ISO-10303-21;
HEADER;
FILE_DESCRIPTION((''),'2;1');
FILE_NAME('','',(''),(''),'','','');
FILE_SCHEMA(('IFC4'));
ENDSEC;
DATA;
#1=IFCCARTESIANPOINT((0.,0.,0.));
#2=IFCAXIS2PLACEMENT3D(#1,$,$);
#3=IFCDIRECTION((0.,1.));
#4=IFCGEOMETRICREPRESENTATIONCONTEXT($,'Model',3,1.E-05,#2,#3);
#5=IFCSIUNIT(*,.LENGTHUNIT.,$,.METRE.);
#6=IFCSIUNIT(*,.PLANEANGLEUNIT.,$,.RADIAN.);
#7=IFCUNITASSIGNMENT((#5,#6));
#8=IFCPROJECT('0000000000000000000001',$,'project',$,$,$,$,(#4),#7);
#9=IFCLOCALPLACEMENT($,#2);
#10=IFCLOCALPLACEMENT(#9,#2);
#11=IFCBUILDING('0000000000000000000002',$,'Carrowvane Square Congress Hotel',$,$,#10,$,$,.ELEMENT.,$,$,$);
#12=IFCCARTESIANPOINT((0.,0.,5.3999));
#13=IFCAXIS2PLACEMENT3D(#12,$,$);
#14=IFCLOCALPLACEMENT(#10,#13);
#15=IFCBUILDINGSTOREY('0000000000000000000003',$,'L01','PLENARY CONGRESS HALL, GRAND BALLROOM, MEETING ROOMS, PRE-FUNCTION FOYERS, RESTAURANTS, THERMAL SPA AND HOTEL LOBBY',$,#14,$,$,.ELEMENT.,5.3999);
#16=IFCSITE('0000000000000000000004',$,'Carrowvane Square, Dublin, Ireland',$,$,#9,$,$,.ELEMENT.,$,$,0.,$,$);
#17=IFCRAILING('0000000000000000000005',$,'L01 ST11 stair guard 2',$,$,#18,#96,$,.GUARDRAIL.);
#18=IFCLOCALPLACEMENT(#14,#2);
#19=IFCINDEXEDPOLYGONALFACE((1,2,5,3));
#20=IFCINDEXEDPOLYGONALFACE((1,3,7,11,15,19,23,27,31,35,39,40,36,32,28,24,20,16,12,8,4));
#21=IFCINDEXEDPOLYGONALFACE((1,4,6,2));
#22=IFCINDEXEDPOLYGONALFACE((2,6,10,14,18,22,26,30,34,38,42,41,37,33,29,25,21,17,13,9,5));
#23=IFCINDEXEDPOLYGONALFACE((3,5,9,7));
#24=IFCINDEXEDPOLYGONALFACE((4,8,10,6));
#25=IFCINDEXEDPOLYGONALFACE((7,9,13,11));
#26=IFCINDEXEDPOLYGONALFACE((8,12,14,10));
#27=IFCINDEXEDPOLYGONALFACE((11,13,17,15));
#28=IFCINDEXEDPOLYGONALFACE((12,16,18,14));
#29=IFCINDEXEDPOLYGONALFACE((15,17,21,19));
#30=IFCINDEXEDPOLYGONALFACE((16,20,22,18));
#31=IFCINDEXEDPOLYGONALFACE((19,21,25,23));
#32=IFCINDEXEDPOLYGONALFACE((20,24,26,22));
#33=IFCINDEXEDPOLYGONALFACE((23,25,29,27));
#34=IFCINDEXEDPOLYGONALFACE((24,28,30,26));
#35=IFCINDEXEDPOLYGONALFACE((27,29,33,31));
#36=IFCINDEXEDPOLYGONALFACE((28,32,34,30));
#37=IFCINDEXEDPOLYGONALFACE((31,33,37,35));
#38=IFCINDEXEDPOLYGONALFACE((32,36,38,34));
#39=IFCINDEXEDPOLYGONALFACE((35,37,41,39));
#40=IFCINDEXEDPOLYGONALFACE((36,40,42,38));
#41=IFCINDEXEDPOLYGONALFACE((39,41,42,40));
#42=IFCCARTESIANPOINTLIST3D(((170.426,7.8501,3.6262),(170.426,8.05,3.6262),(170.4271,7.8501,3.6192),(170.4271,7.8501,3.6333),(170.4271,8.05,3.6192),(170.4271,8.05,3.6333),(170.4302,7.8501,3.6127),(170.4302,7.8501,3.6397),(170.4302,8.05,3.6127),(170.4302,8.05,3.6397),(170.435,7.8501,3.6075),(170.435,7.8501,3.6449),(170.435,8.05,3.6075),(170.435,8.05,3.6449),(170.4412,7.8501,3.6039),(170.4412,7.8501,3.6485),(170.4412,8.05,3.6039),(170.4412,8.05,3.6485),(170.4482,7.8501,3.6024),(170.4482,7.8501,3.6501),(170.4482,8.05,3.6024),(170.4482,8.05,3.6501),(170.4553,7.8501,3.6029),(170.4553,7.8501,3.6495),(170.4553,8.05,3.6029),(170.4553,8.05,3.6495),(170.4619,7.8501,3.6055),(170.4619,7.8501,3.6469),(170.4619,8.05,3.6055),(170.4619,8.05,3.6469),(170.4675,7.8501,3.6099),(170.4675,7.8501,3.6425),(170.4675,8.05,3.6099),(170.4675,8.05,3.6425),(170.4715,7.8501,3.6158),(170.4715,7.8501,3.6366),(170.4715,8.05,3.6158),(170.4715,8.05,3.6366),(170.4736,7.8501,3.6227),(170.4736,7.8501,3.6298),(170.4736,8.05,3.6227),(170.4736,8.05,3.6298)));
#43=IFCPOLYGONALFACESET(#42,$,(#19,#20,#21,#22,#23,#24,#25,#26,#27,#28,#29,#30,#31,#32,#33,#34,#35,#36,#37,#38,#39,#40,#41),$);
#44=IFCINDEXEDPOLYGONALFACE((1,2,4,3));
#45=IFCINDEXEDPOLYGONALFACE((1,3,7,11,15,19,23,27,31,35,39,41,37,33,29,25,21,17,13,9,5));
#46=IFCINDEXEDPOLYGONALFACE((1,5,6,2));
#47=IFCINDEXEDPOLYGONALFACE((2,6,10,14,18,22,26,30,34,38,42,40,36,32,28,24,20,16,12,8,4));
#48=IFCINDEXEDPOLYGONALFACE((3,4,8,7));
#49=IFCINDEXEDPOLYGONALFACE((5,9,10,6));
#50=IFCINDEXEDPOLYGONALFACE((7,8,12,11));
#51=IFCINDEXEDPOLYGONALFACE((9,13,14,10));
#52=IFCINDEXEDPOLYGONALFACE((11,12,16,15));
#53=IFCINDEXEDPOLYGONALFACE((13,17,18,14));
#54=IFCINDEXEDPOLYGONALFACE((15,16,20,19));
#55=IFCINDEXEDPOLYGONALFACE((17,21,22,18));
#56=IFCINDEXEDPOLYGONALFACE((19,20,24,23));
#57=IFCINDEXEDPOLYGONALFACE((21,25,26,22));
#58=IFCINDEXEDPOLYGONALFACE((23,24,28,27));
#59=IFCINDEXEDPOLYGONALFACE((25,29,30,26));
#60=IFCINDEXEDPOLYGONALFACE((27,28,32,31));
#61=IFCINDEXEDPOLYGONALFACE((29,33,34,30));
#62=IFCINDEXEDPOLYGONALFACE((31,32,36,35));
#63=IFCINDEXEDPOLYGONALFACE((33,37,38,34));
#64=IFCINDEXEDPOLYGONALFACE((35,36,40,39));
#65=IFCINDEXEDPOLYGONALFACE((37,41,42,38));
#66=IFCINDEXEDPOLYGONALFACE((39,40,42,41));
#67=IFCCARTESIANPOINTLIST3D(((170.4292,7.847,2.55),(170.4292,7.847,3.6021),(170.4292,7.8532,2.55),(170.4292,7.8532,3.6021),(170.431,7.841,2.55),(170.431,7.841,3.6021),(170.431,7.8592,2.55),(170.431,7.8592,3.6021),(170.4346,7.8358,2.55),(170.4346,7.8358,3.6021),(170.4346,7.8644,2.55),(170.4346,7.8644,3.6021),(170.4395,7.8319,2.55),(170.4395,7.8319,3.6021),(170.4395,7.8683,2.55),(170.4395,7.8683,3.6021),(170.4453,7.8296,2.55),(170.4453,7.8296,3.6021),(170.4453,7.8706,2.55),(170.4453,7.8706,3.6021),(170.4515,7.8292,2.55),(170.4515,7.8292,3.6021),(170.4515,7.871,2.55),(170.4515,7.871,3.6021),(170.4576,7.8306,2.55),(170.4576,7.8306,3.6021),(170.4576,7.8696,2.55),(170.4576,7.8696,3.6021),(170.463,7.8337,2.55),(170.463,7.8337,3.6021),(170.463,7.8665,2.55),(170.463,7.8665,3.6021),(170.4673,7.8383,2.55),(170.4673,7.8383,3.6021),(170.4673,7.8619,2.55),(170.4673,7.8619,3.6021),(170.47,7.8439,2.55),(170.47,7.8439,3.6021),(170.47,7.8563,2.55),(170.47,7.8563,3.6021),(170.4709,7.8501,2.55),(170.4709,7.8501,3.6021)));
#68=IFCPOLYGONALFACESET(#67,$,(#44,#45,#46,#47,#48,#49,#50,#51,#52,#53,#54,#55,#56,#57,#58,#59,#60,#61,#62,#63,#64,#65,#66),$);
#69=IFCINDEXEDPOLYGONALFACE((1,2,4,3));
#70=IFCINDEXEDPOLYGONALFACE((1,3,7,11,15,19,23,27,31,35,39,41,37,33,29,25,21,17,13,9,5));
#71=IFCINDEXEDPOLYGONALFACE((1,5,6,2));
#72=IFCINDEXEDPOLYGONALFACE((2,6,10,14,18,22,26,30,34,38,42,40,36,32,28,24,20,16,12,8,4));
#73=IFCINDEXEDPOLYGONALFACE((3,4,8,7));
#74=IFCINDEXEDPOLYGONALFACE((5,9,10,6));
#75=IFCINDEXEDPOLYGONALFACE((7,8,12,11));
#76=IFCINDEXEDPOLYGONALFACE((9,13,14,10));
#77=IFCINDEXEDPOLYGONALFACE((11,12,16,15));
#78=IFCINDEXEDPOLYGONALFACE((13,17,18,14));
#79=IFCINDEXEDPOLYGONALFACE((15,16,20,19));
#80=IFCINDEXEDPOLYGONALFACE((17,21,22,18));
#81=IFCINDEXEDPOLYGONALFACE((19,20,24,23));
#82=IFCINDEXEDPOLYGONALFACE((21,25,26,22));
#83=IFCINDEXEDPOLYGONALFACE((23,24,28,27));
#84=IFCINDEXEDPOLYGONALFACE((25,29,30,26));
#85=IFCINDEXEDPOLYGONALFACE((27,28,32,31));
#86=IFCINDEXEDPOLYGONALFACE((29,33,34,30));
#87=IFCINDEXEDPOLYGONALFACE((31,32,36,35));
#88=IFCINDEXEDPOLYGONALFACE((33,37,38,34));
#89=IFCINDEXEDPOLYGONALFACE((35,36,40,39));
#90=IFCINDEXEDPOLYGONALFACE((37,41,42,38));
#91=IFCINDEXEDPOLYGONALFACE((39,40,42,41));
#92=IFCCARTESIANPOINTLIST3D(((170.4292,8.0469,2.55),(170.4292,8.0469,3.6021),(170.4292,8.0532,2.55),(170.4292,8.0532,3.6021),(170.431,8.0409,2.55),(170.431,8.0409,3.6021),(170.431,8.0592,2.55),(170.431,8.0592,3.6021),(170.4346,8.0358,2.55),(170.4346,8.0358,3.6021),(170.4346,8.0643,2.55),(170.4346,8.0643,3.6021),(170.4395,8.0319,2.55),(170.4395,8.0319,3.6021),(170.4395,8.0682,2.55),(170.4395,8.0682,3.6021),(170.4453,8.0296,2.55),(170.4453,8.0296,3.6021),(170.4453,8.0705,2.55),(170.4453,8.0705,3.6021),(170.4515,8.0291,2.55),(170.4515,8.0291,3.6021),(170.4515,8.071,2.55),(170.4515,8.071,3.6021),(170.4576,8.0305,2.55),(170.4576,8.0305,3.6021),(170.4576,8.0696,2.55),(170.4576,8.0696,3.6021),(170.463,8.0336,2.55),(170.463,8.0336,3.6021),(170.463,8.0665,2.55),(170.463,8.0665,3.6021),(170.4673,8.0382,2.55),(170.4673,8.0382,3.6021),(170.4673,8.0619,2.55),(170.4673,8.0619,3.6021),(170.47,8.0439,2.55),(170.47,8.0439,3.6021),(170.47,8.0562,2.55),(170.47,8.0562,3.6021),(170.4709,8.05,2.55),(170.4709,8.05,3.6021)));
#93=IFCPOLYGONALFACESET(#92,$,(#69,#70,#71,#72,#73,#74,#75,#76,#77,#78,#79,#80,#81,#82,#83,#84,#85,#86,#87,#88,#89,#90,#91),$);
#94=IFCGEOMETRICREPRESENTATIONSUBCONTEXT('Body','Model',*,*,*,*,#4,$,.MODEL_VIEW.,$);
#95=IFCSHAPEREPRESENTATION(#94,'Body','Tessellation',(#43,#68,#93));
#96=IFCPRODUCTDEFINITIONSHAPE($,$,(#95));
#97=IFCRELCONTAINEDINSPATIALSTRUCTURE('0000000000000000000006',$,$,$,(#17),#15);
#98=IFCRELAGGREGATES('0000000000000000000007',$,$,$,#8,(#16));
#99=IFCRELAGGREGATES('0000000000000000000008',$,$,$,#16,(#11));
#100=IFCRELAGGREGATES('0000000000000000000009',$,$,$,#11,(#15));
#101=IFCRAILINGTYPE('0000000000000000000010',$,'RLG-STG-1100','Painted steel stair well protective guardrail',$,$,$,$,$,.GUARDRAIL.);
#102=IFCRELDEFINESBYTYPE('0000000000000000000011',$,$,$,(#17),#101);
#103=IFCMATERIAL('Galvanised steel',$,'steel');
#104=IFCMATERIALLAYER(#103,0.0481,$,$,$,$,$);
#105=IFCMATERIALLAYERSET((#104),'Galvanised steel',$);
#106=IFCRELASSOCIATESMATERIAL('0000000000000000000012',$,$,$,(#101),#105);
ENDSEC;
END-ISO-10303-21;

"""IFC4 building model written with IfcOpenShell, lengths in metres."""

from ifc_helpers import new_model, si_unit, direction, frame, origin, origin_2d, place, context, subcontext, project, spatial, circle, extrude, material, layer, layer_set, type_object, element, save


model = new_model("IFC4")

# Units and contexts
model_context = context("Model", 3, precision=1e-05, world=origin(), true_north=direction((0.0, 1.0)))
body_context = subcontext(model_context, "Body", "Model", "MODEL_VIEW")
ifc_project = project(units=[si_unit("LENGTHUNIT", "METRE"), si_unit("PLANEANGLEUNIT", "RADIAN")], contexts=[model_context])

# Site, building, storey
site_placement = place(None, origin())
site = spatial("IfcSite", under=ifc_project, at=site_placement, Name="Carrowvane Square, Dublin, Ireland", CompositionType="ELEMENT", RefElevation=0.0)
building_placement = place(site_placement, origin())
building = spatial("IfcBuilding", under=site, at=building_placement, Name="Carrowvane Square Congress Hotel", CompositionType="ELEMENT")
storey_placement = place(building_placement, frame((0.0, 0.0, 5.3999)))
storey = spatial("IfcBuildingStorey", under=building, at=storey_placement, Name="L01", Description="PLENARY CONGRESS HALL, GRAND BALLROOM, MEETING ROOMS, PRE-FUNCTION FOYERS, RESTAURANTS, THERMAL SPA AND HOTEL LOBBY", CompositionType="ELEMENT", Elevation=5.3999)

# Railing
ifc_material_1 = material(Name="Galvanised steel", Category="steel")
ifc_layer_1 = layer(ifc_material_1, 0.0481)
ifc_layer_set_1 = layer_set([ifc_layer_1], Name="Galvanised steel")
railing_type_1 = type_object("IfcRailingType", Name="RLG-STG-1100", Description="Painted steel stair well protective guardrail", PredefinedType="GUARDRAIL", material=ifc_layer_set_1)
railing_1_placement = place(storey_placement, frame((170.45, 7.8501, 2.55)))
element("IfcRailing", 1, at=railing_1_placement, inside=storey, type_object=railing_type_1, Name="L01 ST11 stair guard 2", PredefinedType="GUARDRAIL", context=body_context, shape_type="SweptSolid", body=[
    extrude(circle(Radius=0.0239, at=origin_2d()), frame((0.0, 0.0, 1.0762), z_axis=(0.0, 1.0, 0.0), x_axis=(-1.0, 0.0, 0.0)), (0.0, 0.0, 1.0), 0.2),
    extrude(circle(Radius=0.021, at=origin_2d()), origin(), (0.0, 0.0, 1.0), 1.052),
    extrude(circle(Radius=0.021, at=origin_2d()), frame((0.0, 0.2, 0.0)), (0.0, 0.0, 1.0), 1.052),
])

save(model, "model.ifc")
